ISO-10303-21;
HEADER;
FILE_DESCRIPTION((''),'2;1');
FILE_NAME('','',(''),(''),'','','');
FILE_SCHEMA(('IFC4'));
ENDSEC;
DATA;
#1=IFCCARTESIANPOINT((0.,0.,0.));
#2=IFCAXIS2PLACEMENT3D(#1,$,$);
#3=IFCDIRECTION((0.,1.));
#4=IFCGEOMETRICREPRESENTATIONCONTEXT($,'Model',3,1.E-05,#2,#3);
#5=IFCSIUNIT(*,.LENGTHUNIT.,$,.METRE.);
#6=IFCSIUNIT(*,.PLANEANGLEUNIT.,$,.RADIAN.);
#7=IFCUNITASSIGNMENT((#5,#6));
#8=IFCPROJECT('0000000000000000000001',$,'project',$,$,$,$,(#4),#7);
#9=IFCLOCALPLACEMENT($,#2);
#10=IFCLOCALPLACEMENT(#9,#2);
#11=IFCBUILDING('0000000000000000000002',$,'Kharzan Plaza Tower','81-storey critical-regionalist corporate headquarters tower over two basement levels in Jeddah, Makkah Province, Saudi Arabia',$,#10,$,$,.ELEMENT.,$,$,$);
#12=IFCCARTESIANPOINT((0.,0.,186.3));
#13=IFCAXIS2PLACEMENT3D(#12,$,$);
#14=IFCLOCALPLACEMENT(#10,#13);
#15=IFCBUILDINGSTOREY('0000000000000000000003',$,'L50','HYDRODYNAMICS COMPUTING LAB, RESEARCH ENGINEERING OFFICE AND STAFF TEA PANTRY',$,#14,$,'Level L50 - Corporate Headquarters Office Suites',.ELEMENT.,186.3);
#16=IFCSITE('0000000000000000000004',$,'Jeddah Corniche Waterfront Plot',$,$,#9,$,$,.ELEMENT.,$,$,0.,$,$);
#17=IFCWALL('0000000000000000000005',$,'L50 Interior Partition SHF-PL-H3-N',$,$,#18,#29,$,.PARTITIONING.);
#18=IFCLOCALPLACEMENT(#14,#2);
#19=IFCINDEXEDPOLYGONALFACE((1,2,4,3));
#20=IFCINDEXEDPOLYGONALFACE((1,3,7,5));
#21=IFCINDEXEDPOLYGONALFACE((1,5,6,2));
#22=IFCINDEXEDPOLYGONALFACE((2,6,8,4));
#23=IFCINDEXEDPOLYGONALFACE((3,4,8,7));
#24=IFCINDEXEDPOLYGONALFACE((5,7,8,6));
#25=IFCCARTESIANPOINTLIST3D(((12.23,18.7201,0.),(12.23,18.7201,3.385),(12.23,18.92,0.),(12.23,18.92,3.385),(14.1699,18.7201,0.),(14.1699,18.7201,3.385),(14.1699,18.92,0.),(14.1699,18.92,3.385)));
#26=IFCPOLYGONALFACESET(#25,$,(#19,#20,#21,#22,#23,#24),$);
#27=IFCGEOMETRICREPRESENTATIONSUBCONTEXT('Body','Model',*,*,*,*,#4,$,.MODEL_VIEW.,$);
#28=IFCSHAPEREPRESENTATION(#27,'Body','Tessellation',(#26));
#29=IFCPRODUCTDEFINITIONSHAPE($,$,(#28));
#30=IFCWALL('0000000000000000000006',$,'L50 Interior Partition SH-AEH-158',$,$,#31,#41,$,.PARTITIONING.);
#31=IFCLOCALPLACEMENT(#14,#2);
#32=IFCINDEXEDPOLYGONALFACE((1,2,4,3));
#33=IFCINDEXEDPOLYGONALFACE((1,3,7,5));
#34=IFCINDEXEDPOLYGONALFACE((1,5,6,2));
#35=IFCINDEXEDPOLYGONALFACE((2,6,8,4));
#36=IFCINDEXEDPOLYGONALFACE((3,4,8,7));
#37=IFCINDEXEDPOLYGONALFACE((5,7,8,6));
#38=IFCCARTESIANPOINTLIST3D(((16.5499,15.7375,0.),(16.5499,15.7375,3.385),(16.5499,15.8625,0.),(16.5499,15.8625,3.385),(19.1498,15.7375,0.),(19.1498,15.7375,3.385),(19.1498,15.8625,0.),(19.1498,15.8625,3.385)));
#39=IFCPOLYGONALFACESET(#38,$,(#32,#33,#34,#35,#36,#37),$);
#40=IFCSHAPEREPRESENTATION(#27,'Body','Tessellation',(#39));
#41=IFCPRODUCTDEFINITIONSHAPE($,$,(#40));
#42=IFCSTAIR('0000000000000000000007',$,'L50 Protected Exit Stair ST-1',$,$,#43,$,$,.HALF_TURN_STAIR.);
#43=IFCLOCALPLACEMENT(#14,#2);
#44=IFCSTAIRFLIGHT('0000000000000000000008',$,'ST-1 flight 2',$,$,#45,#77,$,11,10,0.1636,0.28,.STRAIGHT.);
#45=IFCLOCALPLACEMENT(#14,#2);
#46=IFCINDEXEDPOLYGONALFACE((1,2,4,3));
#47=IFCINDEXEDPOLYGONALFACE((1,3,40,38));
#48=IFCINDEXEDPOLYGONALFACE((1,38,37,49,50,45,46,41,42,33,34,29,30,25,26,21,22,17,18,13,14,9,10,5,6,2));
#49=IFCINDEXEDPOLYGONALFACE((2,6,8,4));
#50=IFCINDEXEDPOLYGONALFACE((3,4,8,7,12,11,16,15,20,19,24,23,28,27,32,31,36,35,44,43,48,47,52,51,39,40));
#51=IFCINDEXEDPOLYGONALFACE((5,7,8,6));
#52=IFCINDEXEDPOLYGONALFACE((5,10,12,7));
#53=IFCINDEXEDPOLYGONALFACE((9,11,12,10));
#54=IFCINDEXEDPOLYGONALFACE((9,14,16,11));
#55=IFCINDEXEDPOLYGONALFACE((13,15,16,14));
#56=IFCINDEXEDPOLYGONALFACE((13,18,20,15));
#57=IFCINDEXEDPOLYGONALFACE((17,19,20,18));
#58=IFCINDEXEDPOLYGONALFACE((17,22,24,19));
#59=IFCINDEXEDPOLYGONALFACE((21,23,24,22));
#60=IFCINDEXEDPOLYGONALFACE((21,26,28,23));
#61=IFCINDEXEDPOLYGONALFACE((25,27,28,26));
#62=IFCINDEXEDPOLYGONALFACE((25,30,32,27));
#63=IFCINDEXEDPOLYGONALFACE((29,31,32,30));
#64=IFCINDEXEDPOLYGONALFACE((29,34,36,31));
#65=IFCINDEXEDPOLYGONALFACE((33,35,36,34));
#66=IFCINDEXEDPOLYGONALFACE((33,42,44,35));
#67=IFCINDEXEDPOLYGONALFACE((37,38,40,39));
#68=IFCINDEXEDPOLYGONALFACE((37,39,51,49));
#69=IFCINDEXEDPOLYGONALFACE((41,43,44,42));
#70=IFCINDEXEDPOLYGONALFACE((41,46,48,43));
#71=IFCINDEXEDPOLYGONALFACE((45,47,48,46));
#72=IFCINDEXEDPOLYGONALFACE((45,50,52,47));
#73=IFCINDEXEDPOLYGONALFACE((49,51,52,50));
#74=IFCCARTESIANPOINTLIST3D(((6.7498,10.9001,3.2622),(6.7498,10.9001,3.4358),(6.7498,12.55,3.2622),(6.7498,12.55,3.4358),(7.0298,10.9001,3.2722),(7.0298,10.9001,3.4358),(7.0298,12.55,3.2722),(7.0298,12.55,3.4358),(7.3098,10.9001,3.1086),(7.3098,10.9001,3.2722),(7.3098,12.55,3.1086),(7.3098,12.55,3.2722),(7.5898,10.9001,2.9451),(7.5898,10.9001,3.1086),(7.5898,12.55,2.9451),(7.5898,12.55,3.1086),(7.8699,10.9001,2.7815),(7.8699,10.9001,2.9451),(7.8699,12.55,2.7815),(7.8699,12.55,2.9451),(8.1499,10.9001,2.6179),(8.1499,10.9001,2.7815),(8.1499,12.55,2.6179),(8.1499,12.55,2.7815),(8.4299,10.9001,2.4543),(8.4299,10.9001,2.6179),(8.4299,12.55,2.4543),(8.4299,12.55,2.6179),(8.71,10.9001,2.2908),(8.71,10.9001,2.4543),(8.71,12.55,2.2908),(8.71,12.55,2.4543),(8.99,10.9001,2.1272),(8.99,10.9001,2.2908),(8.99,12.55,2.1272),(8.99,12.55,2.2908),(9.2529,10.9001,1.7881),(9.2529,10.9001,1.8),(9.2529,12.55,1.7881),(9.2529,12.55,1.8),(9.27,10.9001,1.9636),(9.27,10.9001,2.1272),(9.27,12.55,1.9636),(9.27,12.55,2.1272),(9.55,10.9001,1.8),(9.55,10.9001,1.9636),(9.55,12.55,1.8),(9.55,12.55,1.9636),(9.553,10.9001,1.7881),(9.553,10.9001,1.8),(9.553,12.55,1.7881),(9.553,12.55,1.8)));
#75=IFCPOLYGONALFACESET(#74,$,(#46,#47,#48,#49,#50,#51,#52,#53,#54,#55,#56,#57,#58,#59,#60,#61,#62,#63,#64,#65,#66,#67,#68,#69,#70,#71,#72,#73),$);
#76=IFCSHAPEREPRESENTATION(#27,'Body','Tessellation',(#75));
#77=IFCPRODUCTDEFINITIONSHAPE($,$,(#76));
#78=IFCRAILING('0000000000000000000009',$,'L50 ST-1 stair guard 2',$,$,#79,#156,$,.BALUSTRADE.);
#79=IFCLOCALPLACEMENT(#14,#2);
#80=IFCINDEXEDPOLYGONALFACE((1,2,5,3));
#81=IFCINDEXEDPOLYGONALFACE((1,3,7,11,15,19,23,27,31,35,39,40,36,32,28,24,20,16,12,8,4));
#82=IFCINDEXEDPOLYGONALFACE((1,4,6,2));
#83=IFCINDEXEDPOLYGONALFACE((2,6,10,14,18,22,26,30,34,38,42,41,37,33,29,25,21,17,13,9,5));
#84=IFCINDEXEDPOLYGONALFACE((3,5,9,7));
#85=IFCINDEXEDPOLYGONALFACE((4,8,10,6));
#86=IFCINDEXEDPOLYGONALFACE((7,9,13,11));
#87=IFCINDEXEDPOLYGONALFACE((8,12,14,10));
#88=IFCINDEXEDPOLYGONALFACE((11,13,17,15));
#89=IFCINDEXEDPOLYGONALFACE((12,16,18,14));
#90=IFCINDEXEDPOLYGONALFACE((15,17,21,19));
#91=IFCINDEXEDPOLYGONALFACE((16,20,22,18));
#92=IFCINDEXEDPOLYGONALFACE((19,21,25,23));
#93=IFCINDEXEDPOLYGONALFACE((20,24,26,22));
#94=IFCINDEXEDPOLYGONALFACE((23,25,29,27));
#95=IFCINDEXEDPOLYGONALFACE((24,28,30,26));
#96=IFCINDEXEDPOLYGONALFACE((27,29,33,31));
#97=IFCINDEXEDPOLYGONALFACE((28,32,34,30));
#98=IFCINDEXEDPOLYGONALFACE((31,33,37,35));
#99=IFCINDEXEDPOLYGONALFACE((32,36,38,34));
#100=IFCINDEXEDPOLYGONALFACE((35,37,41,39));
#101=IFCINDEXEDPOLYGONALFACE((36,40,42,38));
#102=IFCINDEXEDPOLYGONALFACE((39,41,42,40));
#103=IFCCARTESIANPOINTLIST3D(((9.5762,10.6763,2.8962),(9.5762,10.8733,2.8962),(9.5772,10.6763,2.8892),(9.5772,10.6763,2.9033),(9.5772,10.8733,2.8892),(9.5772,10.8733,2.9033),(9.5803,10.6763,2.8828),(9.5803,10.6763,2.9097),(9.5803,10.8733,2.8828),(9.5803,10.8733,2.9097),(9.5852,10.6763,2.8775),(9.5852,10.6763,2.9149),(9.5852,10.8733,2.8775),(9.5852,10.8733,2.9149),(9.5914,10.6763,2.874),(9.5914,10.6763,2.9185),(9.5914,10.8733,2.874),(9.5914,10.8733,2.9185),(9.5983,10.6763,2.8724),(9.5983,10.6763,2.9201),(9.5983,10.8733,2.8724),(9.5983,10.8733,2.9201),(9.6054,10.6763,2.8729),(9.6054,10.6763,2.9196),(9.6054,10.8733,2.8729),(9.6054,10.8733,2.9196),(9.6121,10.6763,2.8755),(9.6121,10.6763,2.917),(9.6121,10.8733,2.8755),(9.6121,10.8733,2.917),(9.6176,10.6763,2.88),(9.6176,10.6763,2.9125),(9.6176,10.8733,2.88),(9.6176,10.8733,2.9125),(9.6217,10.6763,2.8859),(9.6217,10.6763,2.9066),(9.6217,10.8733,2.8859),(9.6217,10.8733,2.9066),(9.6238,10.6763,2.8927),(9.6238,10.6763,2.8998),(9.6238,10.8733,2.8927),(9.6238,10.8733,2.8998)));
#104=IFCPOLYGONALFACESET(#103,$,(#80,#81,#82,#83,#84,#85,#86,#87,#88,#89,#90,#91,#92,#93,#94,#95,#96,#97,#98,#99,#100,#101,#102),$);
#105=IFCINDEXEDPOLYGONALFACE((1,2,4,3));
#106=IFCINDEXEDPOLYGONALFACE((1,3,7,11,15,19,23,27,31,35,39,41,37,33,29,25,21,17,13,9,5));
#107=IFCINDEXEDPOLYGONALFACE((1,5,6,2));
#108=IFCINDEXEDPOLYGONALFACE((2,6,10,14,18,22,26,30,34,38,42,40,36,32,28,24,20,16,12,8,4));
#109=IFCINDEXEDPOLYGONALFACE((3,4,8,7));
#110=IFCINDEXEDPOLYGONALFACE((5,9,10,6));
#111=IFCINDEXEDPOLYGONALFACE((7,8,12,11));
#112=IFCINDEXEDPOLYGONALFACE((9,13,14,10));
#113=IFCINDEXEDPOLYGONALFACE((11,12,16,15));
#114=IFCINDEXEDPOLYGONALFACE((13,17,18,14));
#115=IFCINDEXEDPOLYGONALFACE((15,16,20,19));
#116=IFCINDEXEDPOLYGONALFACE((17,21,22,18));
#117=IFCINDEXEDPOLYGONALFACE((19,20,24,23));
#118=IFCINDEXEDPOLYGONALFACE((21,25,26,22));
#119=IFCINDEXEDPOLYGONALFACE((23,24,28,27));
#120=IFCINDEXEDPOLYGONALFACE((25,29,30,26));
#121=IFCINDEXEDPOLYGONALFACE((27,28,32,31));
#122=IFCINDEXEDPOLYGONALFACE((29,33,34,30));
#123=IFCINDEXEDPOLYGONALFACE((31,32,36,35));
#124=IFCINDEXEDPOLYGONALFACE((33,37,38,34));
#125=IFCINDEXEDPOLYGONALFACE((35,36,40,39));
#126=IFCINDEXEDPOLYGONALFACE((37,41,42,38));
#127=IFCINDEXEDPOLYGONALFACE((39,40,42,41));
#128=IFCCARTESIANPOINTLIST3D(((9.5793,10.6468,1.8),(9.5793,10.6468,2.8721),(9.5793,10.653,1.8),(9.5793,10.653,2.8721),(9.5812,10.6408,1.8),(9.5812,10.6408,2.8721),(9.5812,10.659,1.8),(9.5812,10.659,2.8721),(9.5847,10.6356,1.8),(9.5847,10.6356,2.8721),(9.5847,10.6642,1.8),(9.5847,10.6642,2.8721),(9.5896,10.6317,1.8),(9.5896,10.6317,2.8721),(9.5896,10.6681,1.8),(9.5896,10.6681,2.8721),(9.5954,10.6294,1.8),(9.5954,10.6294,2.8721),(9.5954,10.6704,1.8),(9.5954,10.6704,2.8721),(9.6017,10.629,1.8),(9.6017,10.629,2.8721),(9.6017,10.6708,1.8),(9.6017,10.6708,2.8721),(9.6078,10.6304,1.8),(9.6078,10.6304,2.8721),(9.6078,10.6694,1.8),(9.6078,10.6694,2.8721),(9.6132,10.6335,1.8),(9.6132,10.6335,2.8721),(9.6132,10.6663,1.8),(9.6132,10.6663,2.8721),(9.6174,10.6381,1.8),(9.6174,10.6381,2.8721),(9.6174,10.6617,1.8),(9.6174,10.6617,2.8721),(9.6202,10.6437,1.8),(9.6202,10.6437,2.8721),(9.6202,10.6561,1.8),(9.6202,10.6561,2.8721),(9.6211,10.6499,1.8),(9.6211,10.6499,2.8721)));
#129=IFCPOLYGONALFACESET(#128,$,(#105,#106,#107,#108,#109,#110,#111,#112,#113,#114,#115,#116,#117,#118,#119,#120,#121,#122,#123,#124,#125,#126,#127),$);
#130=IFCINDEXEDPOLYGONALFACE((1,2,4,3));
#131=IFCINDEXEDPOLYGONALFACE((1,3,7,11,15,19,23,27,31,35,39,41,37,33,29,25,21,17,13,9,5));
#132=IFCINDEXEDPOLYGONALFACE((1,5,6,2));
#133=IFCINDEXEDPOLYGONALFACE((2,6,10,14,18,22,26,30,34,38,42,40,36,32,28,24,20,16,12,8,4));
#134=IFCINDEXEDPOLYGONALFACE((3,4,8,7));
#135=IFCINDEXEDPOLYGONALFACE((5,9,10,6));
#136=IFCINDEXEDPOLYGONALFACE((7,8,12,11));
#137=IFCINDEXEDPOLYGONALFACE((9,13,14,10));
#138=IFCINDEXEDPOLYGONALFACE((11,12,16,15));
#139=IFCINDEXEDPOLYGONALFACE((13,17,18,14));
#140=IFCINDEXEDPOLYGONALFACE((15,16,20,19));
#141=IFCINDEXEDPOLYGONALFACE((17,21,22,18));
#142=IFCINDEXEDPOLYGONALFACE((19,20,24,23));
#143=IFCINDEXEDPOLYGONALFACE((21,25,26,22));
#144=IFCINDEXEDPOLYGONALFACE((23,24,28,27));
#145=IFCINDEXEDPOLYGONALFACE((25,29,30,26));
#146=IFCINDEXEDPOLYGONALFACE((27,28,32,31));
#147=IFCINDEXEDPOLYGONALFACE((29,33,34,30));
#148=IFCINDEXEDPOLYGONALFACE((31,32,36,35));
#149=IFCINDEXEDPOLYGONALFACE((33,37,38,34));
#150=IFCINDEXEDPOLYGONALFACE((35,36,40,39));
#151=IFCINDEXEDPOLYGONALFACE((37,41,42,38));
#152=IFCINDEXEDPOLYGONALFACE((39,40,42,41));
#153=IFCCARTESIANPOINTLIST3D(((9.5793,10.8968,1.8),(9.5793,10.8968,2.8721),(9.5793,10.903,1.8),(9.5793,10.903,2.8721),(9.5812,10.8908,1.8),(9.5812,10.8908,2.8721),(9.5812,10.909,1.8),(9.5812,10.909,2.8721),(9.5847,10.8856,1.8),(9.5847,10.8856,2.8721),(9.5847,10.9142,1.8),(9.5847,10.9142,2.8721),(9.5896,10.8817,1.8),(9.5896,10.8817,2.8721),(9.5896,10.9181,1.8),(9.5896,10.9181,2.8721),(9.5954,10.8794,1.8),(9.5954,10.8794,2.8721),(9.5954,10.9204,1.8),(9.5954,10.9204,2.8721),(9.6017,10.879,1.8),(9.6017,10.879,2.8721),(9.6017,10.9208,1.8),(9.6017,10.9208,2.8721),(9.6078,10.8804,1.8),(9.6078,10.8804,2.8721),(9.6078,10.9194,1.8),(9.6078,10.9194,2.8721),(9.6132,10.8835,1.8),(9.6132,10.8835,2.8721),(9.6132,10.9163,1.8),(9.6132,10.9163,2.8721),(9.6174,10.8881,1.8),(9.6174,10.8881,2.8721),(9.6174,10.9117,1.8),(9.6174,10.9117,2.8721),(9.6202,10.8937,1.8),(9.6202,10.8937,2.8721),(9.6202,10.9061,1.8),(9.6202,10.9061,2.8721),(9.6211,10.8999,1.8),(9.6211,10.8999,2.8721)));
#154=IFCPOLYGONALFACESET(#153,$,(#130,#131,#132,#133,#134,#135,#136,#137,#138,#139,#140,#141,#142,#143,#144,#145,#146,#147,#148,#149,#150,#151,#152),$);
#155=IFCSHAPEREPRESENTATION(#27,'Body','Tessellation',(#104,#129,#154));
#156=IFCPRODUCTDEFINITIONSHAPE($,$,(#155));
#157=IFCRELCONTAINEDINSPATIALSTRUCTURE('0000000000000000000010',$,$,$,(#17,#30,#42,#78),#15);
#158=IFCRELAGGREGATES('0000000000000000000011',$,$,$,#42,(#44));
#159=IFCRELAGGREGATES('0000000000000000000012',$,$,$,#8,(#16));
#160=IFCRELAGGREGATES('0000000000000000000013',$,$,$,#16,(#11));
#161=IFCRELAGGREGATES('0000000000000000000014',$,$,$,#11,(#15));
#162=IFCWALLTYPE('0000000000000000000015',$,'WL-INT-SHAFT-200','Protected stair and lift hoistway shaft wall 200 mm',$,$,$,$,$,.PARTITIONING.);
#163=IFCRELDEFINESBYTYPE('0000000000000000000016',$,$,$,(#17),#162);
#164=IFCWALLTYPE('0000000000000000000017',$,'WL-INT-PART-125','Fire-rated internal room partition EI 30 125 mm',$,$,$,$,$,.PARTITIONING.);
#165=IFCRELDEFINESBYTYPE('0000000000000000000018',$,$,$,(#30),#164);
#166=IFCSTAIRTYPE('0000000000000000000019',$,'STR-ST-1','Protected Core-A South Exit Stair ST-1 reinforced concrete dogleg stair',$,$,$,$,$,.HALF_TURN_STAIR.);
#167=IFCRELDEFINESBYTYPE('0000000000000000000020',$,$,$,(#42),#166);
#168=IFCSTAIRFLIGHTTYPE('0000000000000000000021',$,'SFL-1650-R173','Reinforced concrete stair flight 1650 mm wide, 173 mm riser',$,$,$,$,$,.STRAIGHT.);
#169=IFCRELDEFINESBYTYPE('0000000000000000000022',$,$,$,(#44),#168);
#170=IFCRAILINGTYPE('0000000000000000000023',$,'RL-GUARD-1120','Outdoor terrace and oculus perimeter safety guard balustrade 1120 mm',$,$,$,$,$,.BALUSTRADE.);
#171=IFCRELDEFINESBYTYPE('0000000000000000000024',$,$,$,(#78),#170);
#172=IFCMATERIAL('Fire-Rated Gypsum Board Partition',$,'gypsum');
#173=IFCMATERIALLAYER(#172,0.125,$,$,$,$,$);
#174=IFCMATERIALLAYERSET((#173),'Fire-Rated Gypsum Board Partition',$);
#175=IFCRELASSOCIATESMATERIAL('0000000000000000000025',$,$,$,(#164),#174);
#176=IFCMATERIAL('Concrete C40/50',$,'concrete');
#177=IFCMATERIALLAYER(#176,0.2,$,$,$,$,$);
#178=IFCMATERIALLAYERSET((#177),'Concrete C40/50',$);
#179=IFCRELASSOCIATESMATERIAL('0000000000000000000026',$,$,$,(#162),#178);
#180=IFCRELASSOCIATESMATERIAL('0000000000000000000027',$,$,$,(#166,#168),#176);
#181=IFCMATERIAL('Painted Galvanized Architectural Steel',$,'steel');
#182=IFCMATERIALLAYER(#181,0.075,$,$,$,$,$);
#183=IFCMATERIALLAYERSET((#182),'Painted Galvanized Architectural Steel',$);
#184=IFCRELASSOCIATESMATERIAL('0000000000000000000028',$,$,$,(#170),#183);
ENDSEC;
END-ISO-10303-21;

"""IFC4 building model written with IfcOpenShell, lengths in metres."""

from ifc_helpers import new_model, si_unit, direction, frame, frame_2d, origin, origin_2d, place, context, subcontext, project, spatial, polyline, rectangle, circle, outline, extrude, source, transform, mapped, material, layer, layer_set, type_object, element, aggregate, save


model = new_model("IFC4")

# Units and contexts
model_context = context("Model", 3, precision=1e-05, world=origin(), true_north=direction((0.0, 1.0)))
body_context = subcontext(model_context, "Body", "Model", "MODEL_VIEW")
ifc_project = project(units=[si_unit("LENGTHUNIT", "METRE"), si_unit("PLANEANGLEUNIT", "RADIAN")], contexts=[model_context])

# Site, building, storey
site_placement = place(None, origin())
site = spatial("IfcSite", under=ifc_project, at=site_placement, Name="Jeddah Corniche Waterfront Plot", CompositionType="ELEMENT", RefElevation=0.0)
building_placement = place(site_placement, origin())
building = spatial("IfcBuilding", under=site, at=building_placement, Name="Kharzan Plaza Tower", Description="81-storey critical-regionalist corporate headquarters tower over two basement levels in Jeddah, Makkah Province, Saudi Arabia", CompositionType="ELEMENT")
storey_placement = place(building_placement, frame((0.0, 0.0, 186.3)))
storey = spatial("IfcBuildingStorey", under=building, at=storey_placement, Name="L50", Description="HYDRODYNAMICS COMPUTING LAB, RESEARCH ENGINEERING OFFICE AND STAFF TEA PANTRY", LongName="Level L50 - Corporate Headquarters Office Suites", CompositionType="ELEMENT", Elevation=186.3)

# Shared definitions
ifc_material_1 = material(Name="Fire-Rated Gypsum Board Partition", Category="gypsum")
ifc_layer_1 = layer(ifc_material_1, 0.125)
ifc_layer_set_1 = layer_set([ifc_layer_1], Name="Fire-Rated Gypsum Board Partition")
wall_type_1 = type_object("IfcWallType", Name="WL-INT-PART-125", Description="Fire-rated internal room partition EI 30 125 mm", PredefinedType="PARTITIONING", material=ifc_layer_set_1)
ifc_material_2 = material(Name="Concrete C40/50", Category="concrete")
ifc_layer_2 = layer(ifc_material_2, 0.2)
ifc_layer_set_2 = layer_set([ifc_layer_2], Name="Concrete C40/50")
wall_type_2 = type_object("IfcWallType", Name="WL-INT-SHAFT-200", Description="Protected stair and lift hoistway shaft wall 200 mm", PredefinedType="PARTITIONING", material=ifc_layer_set_2)

# Walls
shared_shape_1 = source(origin(), body_context, "Body", "SweptSolid", [
    extrude(rectangle(XDim=1.9399, YDim=0.2, at=frame_2d((0.97, 0.0))), origin(), (0.0, 0.0, 1.0), 3.385),
])
for number, where, z_axis, x_axis, name in (
    (1, (12.23, 18.8201, 0.0), (0.0, 0.0, 1.0), (1.0, 0.0, 0.0), "L50 Interior Partition SHF-PL-H3-N"),
):
    element("IfcWall", number, at=place(storey_placement, frame(where, z_axis=z_axis, x_axis=x_axis)), inside=storey, type_object=wall_type_2, Name=name, PredefinedType="PARTITIONING", context=body_context, shape_type="MappedRepresentation", body=[
        mapped(shared_shape_1, transform((0.0, 0.0, 0.0), x_axis=(1.0, 0.0, 0.0), y_axis=(0.0, 1.0, 0.0), z_axis=(0.0, 0.0, 1.0))),
    ])
shared_shape_2 = source(origin(), body_context, "Body", "SweptSolid", [
    extrude(rectangle(XDim=2.5999, YDim=0.125, at=frame_2d((1.2998, 0.0))), origin(), (0.0, 0.0, 1.0), 3.385),
])
wall_1_placement = place(storey_placement, frame((16.55, 15.8, 0.0), z_axis=(0.0, 0.0, 1.0), x_axis=(1.0, 0.0, 0.0)))
element("IfcWall", 2, at=wall_1_placement, inside=storey, type_object=wall_type_1, Name="L50 Interior Partition SH-AEH-158", PredefinedType="PARTITIONING", context=body_context, shape_type="MappedRepresentation", body=[
    mapped(shared_shape_2, transform((0.0, 0.0, 0.0), x_axis=(1.0, 0.0, 0.0), y_axis=(0.0, 1.0, 0.0), z_axis=(0.0, 0.0, 1.0))),
])

# Stair, stair flight
stair_type = type_object("IfcStairType", Name="STR-ST-1", Description="Protected Core-A South Exit Stair ST-1 reinforced concrete dogleg stair", PredefinedType="HALF_TURN_STAIR", material=ifc_material_2)
stair_placement = place(storey_placement, origin())
stair = element("IfcStair", 3, at=stair_placement, inside=storey, type_object=stair_type, Name="L50 Protected Exit Stair ST-1", PredefinedType="HALF_TURN_STAIR")
stair_flight_type = type_object("IfcStairFlightType", Name="SFL-1650-R173", Description="Reinforced concrete stair flight 1650 mm wide, 173 mm riser", PredefinedType="STRAIGHT", material=ifc_material_2)
shared_shape_3 = source(origin(), body_context, "Body", "SweptSolid", [
    extrude(outline(polyline([(-0.0029, -0.012), (-0.0029, 0.0), (0.0, 0.0), (0.0, 0.1636), (0.28, 0.1636), (0.28, 0.3271), (0.5601, 0.3271), (0.5601, 0.4907), (0.8401, 0.4907), (0.8401, 0.6543), (1.1201, 0.6543), (1.1201, 0.8179), (1.4001, 0.8179), (1.4001, 0.9814), (1.6802, 0.9814), (1.6802, 1.145), (1.9602, 1.145), (1.9602, 1.3086), (2.2402, 1.3086), (2.2402, 1.4722), (2.5203, 1.4722), (2.5203, 1.6357), (2.8003, 1.6357), (2.8003, 1.7993), (2.8003, 1.4622), (0.2971, 0.0), (0.2971, -0.012), (-0.0029, -0.012)])), frame((0.0, 0.825, 0.0), z_axis=(0.0, -1.0, 0.0), x_axis=(1.0, 0.0, 0.0)), (0.0, 0.0, 1.0), 1.6499),
])
stair_flight_placement = place(storey_placement, frame((9.55, 11.7251, 1.8), z_axis=(0.0, 0.0, 1.0), x_axis=(-1.0, 0.0, 0.0)))
stair_flight = element("IfcStairFlight", 4, at=stair_flight_placement, type_object=stair_flight_type, Name="ST-1 flight 2", NumberOfRisers=11, NumberOfTreads=10, PredefinedType="STRAIGHT", RiserHeight=0.1636, TreadLength=0.28, context=body_context, shape_type="MappedRepresentation", body=[
    mapped(shared_shape_3, transform((0.0, 0.0, 0.0), x_axis=(1.0, 0.0, 0.0), y_axis=(0.0, 1.0, 0.0), z_axis=(0.0, 0.0, 1.0))),
])
aggregate(stair, [stair_flight])

# Railing
ifc_material_3 = material(Name="Painted Galvanized Architectural Steel", Category="steel")
ifc_layer_3 = layer(ifc_material_3, 0.075)
ifc_layer_set_3 = layer_set([ifc_layer_3], Name="Painted Galvanized Architectural Steel")
railing_type_1 = type_object("IfcRailingType", Name="RL-GUARD-1120", Description="Outdoor terrace and oculus perimeter safety guard balustrade 1120 mm", PredefinedType="BALUSTRADE", material=ifc_layer_set_3)
shared_shape_4 = source(origin(), body_context, "Body", "SweptSolid", [
    extrude(circle(Radius=0.0239, at=origin_2d()), frame((0.0, 0.0264, 1.0962), z_axis=(0.0, 1.0, 0.0), x_axis=(-1.0, 0.0, 0.0)), (0.0, 0.0, 1.0), 0.197),
    extrude(circle(Radius=0.021, at=origin_2d()), origin(), (0.0, 0.0, 1.0), 1.072),
    extrude(circle(Radius=0.021, at=origin_2d()), frame((0.0, 0.25, 0.0)), (0.0, 0.0, 1.0), 1.072),
])
railing_1_placement = place(storey_placement, frame((9.6001, 10.6499, 1.8)))
element("IfcRailing", 5, at=railing_1_placement, inside=storey, type_object=railing_type_1, Name="L50 ST-1 stair guard 2", PredefinedType="BALUSTRADE", context=body_context, shape_type="MappedRepresentation", body=[
    mapped(shared_shape_4, transform((0.0, 0.0, 0.0), x_axis=(1.0, 0.0, 0.0), y_axis=(0.0, 1.0, 0.0), z_axis=(0.0, 0.0, 1.0))),
])

save(model, "model.ifc")
